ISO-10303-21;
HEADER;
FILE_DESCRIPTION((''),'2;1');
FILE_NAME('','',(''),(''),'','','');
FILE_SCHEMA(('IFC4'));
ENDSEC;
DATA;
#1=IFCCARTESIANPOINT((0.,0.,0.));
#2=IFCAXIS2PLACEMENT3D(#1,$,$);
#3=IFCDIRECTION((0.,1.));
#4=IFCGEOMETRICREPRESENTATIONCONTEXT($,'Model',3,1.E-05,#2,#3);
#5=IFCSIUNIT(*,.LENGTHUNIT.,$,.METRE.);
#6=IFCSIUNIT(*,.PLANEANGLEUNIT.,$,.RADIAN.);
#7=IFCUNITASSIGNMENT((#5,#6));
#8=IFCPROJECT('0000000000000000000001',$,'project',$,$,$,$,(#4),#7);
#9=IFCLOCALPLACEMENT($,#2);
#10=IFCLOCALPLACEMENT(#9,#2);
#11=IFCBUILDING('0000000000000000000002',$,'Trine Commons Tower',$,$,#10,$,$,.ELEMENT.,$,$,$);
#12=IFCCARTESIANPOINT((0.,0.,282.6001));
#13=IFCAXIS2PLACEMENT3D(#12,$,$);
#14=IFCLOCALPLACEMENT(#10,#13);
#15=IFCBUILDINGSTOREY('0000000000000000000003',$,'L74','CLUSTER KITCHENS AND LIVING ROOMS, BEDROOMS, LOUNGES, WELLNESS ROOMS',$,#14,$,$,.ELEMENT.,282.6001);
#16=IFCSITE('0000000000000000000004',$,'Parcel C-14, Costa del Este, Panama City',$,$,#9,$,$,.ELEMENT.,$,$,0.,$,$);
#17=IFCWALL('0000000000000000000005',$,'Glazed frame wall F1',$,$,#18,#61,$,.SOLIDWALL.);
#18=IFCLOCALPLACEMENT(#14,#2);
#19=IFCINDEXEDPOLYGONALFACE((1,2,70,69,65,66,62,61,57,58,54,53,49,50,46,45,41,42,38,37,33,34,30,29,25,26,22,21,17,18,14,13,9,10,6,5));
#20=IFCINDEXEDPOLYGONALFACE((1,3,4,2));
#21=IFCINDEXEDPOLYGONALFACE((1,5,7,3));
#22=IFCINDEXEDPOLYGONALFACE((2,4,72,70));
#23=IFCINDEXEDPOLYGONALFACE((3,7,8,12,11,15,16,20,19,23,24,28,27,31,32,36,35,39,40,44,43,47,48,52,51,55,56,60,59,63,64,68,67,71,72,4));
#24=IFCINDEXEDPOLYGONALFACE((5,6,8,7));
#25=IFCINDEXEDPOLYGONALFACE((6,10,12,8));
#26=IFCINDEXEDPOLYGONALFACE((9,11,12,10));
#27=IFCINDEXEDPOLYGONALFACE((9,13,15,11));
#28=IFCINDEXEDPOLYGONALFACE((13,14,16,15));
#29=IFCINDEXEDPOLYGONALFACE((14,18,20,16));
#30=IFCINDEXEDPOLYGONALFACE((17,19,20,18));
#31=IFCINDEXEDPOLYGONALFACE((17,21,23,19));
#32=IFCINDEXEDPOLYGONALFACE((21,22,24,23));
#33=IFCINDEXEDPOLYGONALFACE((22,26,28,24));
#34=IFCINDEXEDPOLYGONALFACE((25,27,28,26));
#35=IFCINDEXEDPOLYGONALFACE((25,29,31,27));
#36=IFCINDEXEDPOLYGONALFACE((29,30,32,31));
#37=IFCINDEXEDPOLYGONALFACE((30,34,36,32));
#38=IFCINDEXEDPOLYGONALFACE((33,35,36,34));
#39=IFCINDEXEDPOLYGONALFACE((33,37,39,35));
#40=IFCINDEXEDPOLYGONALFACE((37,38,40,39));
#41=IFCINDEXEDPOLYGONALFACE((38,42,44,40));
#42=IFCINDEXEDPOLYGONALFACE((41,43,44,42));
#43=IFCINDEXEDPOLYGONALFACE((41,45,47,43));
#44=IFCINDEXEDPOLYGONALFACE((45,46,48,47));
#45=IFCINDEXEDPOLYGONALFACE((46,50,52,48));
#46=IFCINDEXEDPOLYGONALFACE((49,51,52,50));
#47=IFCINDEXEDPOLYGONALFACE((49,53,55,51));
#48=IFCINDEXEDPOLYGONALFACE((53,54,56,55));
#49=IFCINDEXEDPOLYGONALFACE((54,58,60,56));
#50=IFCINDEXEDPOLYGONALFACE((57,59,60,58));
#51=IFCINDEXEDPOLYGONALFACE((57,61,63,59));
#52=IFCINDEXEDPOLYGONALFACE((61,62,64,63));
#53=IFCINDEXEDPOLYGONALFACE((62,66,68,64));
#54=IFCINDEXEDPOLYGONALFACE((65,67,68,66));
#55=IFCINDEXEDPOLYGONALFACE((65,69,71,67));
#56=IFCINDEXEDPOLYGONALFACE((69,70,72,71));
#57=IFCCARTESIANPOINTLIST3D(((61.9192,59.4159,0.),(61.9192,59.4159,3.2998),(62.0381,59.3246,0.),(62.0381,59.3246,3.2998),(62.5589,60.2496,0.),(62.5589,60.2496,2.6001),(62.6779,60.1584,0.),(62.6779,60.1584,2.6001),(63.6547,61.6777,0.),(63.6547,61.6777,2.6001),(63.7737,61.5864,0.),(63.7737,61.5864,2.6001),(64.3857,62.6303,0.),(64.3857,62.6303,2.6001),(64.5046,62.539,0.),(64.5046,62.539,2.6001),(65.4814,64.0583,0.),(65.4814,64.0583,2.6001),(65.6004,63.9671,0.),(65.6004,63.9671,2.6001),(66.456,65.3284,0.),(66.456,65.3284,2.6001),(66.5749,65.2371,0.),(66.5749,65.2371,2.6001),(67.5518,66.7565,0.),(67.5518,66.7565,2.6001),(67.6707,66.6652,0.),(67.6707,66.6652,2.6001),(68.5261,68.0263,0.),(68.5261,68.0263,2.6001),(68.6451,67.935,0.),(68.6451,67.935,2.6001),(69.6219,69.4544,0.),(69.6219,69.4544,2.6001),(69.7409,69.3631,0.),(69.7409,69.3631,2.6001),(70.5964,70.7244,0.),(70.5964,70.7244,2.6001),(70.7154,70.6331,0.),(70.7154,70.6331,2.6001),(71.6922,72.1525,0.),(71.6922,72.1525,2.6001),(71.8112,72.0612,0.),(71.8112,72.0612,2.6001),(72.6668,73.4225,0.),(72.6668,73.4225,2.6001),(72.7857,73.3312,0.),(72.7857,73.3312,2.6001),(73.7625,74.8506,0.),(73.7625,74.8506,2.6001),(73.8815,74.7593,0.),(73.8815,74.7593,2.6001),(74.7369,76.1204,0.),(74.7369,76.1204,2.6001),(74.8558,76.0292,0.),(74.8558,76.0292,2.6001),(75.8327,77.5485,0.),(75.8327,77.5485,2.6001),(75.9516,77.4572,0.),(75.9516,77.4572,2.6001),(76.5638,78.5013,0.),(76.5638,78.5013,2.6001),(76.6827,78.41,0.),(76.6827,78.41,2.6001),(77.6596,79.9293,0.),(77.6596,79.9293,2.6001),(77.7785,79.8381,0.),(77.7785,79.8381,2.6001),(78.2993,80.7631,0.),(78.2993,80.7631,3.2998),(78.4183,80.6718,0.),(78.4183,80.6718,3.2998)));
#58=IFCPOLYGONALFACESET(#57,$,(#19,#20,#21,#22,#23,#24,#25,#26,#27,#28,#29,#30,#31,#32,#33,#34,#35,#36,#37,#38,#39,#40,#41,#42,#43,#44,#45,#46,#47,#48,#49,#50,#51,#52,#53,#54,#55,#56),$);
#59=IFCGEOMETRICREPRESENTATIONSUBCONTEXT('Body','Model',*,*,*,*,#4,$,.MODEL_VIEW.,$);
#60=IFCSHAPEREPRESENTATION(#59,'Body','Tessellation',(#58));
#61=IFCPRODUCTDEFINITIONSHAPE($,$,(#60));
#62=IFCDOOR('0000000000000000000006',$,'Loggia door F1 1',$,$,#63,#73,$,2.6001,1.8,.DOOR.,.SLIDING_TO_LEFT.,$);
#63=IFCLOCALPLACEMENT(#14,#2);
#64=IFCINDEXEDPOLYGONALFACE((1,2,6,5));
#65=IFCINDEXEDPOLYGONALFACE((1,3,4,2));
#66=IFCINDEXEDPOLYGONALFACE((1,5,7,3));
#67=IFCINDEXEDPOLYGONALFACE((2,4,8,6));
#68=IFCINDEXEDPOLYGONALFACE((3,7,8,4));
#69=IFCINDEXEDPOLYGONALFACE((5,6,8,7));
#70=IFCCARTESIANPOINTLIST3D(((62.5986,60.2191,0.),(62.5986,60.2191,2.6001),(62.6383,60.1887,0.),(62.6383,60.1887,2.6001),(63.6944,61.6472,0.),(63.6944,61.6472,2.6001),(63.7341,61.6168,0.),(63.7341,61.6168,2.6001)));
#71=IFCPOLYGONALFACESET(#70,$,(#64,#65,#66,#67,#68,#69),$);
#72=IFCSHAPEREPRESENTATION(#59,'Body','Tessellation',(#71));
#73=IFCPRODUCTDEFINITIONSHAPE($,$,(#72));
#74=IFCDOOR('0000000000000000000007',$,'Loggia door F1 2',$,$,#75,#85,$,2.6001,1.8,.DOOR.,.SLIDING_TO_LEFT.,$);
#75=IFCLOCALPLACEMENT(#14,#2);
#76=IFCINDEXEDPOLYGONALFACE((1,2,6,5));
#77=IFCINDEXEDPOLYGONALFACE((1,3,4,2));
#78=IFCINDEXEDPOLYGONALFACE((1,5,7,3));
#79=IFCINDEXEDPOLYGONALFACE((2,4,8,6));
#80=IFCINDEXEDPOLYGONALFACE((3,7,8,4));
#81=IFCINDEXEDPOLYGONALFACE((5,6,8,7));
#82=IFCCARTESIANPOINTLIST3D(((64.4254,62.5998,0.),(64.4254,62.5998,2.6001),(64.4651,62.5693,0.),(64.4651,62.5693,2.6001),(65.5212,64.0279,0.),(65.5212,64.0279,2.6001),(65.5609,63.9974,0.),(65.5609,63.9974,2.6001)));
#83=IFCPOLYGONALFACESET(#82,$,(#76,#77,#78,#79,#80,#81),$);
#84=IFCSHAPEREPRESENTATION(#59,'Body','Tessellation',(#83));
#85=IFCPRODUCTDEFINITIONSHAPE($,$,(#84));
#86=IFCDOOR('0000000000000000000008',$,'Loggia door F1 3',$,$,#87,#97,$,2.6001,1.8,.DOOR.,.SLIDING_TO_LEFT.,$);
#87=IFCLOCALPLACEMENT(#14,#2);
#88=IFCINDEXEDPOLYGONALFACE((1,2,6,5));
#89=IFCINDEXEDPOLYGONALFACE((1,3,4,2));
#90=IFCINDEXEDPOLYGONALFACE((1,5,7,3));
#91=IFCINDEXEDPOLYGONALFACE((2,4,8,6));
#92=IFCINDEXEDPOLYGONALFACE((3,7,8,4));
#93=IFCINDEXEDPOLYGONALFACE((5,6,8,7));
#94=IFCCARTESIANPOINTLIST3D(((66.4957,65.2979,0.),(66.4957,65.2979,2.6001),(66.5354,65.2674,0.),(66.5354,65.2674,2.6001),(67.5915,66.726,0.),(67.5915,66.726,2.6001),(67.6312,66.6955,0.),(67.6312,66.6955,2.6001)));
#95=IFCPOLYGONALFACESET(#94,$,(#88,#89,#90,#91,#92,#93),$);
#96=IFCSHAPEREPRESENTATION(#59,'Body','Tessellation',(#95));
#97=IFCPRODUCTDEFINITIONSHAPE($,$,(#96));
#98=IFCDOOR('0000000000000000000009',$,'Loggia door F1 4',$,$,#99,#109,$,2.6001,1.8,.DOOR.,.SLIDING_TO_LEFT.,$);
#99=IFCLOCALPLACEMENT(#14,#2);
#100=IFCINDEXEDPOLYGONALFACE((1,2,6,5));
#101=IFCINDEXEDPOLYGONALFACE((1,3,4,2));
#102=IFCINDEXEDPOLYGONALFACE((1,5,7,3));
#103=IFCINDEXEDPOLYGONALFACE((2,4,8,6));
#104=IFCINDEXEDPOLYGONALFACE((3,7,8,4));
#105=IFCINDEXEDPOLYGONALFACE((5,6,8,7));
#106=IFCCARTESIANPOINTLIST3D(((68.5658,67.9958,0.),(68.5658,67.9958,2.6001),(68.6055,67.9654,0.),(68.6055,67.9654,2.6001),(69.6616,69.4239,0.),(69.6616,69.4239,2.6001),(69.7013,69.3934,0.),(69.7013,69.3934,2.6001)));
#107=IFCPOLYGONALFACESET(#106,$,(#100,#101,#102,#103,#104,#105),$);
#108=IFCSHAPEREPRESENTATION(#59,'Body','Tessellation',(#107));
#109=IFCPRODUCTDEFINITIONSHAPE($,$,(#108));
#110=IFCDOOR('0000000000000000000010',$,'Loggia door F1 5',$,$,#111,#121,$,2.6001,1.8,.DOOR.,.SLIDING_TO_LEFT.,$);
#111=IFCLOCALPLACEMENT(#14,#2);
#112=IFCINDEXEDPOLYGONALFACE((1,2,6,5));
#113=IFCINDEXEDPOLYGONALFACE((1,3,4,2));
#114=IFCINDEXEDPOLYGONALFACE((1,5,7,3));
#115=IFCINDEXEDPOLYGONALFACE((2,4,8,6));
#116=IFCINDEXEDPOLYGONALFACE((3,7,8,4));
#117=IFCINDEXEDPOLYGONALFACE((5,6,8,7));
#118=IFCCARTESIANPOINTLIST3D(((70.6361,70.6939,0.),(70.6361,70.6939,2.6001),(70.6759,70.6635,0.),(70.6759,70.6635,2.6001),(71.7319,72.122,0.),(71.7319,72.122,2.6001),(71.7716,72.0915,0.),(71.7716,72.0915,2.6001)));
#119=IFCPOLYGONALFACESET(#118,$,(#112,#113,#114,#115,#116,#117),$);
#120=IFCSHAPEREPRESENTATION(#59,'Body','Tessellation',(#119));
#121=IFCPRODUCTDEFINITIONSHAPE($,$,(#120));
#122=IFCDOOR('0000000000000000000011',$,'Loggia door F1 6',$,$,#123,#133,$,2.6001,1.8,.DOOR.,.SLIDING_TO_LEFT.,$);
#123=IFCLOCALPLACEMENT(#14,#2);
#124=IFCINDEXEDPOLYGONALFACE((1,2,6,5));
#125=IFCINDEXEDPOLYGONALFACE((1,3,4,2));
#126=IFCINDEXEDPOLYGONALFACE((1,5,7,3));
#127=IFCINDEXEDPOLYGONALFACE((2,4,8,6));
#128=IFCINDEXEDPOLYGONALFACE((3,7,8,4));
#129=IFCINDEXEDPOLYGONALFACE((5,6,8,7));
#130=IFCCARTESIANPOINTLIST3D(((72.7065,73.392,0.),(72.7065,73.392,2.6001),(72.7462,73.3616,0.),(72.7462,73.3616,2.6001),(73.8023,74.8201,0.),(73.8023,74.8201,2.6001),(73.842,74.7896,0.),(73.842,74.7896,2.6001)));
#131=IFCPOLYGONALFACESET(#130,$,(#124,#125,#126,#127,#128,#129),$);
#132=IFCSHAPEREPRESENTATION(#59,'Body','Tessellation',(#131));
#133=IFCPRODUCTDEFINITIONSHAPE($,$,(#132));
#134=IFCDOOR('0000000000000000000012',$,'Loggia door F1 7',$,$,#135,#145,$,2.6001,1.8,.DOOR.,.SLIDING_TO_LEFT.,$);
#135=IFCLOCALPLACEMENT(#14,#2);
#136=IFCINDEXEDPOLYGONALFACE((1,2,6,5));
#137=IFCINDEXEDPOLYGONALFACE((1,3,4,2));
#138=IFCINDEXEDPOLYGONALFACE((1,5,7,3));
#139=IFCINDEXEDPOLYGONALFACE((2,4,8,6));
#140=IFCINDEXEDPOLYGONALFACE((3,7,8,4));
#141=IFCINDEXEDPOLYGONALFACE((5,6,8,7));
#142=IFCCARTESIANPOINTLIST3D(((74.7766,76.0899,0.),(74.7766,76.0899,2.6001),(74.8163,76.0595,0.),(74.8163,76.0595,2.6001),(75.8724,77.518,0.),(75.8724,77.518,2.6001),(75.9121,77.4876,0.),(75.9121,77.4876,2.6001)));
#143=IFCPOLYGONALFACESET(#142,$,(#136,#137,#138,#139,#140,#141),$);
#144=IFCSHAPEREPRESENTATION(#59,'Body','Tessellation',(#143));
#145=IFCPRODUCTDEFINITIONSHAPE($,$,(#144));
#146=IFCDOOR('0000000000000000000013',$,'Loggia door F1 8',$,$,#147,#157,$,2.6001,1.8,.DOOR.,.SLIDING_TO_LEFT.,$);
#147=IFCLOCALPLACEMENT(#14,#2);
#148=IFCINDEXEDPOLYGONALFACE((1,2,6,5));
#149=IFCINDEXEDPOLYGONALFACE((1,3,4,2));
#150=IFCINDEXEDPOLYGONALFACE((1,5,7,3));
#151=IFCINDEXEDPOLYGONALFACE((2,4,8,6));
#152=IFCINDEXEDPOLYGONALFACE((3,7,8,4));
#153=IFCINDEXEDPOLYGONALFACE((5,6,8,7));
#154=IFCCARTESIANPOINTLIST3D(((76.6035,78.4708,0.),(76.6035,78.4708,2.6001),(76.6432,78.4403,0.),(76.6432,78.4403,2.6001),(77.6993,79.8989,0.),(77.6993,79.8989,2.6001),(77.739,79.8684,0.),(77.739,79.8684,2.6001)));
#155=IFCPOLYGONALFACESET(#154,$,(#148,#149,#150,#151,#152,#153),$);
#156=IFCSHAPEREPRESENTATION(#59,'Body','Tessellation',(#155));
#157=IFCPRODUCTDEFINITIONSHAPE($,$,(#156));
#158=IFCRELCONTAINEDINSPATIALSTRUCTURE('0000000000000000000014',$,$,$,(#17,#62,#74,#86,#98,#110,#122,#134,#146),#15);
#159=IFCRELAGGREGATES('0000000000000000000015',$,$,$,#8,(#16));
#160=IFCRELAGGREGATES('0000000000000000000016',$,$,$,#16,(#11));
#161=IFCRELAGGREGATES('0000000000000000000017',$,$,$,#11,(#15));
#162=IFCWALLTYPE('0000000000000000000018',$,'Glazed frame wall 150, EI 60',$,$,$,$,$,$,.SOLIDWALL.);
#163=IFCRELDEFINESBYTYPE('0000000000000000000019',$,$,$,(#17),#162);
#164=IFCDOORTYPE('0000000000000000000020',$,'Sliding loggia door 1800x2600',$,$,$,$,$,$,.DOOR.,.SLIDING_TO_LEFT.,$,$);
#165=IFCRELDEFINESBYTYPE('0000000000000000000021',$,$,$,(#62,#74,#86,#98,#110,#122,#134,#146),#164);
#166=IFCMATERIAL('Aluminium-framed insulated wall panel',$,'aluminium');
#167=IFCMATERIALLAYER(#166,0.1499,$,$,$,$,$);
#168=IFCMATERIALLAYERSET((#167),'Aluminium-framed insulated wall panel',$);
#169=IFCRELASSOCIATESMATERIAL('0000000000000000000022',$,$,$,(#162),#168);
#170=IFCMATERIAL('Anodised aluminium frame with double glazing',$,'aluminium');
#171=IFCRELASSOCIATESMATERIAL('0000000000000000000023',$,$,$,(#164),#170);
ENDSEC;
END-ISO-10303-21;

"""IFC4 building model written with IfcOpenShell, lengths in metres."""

from ifc_helpers import new_model, si_unit, direction, frame, frame_2d, origin, place, context, subcontext, project, spatial, polyline, rectangle, outline, extrude, material, layer, layer_set, type_object, element, fill, save


model = new_model("IFC4")

# Units and contexts
model_context = context("Model", 3, precision=1e-05, world=origin(), true_north=direction((0.0, 1.0)))
body_context = subcontext(model_context, "Body", "Model", "MODEL_VIEW")
ifc_project = project(units=[si_unit("LENGTHUNIT", "METRE"), si_unit("PLANEANGLEUNIT", "RADIAN")], contexts=[model_context])

# Site, building, storey
site_placement = place(None, origin())
site = spatial("IfcSite", under=ifc_project, at=site_placement, Name="Parcel C-14, Costa del Este, Panama City", CompositionType="ELEMENT", RefElevation=0.0)
building_placement = place(site_placement, origin())
building = spatial("IfcBuilding", under=site, at=building_placement, Name="Trine Commons Tower", CompositionType="ELEMENT")
storey_placement = place(building_placement, frame((0.0, 0.0, 282.6001)))
storey = spatial("IfcBuildingStorey", under=building, at=storey_placement, Name="L74", Description="CLUSTER KITCHENS AND LIVING ROOMS, BEDROOMS, LOUNGES, WELLNESS ROOMS", CompositionType="ELEMENT", Elevation=282.6001)

# Wall, openings, doors
ifc_material_1 = material(Name="Aluminium-framed insulated wall panel", Category="aluminium")
ifc_layer_1 = layer(ifc_material_1, 0.1499)
ifc_layer_set_1 = layer_set([ifc_layer_1], Name="Aluminium-framed insulated wall panel")
wall_type_1 = type_object("IfcWallType", Name="Glazed frame wall 150, EI 60", PredefinedType="SOLIDWALL", material=ifc_layer_set_1)
wall_1_placement = place(storey_placement, frame((61.8877, 59.2517, 0.0), z_axis=(0.0, 0.0, 1.0), x_axis=(0.608758, 0.793356, 0.0)))
wall_1 = element("IfcWall", 1, at=wall_1_placement, inside=storey, type_object=wall_type_1, Name="Glazed frame wall F1", PredefinedType="SOLIDWALL", context=body_context, shape_type="SweptSolid", body=[
    extrude(outline(polyline([(0.1494, 0.075), (0.1494, -0.075), (27.0569, -0.075), (27.0569, 0.075), (0.1494, 0.075)])), origin(), (0.0, 0.0, 1.0), 3.2998),
])
opening_1_placement = place(wall_1_placement, frame((1.2004, 0.0, 0.0)))
opening_1 = element("IfcOpeningElement", 2, at=opening_1_placement, cuts=wall_1, PredefinedType="OPENING", context=body_context, shape_type="SweptSolid", body=[
    extrude(rectangle(XDim=1.8, YDim=2.6001, at=frame_2d((0.8999, 1.3))), frame((0.0, 0.085, 0.0), z_axis=(0.0, -1.0, 0.0), x_axis=(1.0, 0.0, 0.0)), (0.0, 0.0, 1.0), 0.1699),
])
opening_2_placement = place(wall_1_placement, frame((4.2012, 0.0, 0.0)))
opening_2 = element("IfcOpeningElement", 3, at=opening_2_placement, cuts=wall_1, PredefinedType="OPENING", context=body_context, shape_type="SweptSolid", body=[
    extrude(rectangle(XDim=1.8, YDim=2.6001, at=frame_2d((0.8999, 1.3))), frame((0.0, 0.085, 0.0), z_axis=(0.0, -1.0, 0.0), x_axis=(1.0, 0.0, 0.0)), (0.0, 0.0, 1.0), 0.1699),
])
opening_3_placement = place(wall_1_placement, frame((7.6021, 0.0, 0.0)))
opening_3 = element("IfcOpeningElement", 4, at=opening_3_placement, cuts=wall_1, PredefinedType="OPENING", context=body_context, shape_type="SweptSolid", body=[
    extrude(rectangle(XDim=1.8, YDim=2.6001, at=frame_2d((0.8999, 1.3))), frame((0.0, 0.085, 0.0), z_axis=(0.0, -1.0, 0.0), x_axis=(1.0, 0.0, 0.0)), (0.0, 0.0, 1.0), 0.1699),
])
opening_4_placement = place(wall_1_placement, frame((11.0027, 0.0, 0.0)))
opening_4 = element("IfcOpeningElement", 5, at=opening_4_placement, cuts=wall_1, PredefinedType="OPENING", context=body_context, shape_type="SweptSolid", body=[
    extrude(rectangle(XDim=1.8, YDim=2.6001, at=frame_2d((0.8999, 1.3))), frame((0.0, 0.085, 0.0), z_axis=(0.0, -1.0, 0.0), x_axis=(1.0, 0.0, 0.0)), (0.0, 0.0, 1.0), 0.1699),
])
opening_5_placement = place(wall_1_placement, frame((14.4036, 0.0, 0.0)))
opening_5 = element("IfcOpeningElement", 6, at=opening_5_placement, cuts=wall_1, PredefinedType="OPENING", context=body_context, shape_type="SweptSolid", body=[
    extrude(rectangle(XDim=1.8, YDim=2.6001, at=frame_2d((0.8999, 1.3))), frame((0.0, 0.085, 0.0), z_axis=(0.0, -1.0, 0.0), x_axis=(1.0, 0.0, 0.0)), (0.0, 0.0, 1.0), 0.1699),
])
opening_6_placement = place(wall_1_placement, frame((17.8044, 0.0, 0.0)))
opening_6 = element("IfcOpeningElement", 7, at=opening_6_placement, cuts=wall_1, PredefinedType="OPENING", context=body_context, shape_type="SweptSolid", body=[
    extrude(rectangle(XDim=1.8, YDim=2.6001, at=frame_2d((0.8999, 1.3))), frame((0.0, 0.085, 0.0), z_axis=(0.0, -1.0, 0.0), x_axis=(1.0, 0.0, 0.0)), (0.0, 0.0, 1.0), 0.1699),
])
opening_7_placement = place(wall_1_placement, frame((21.2051, 0.0, 0.0)))
opening_7 = element("IfcOpeningElement", 8, at=opening_7_placement, cuts=wall_1, PredefinedType="OPENING", context=body_context, shape_type="SweptSolid", body=[
    extrude(rectangle(XDim=1.8, YDim=2.6001, at=frame_2d((0.8999, 1.3))), frame((0.0, 0.085, 0.0), z_axis=(0.0, -1.0, 0.0), x_axis=(1.0, 0.0, 0.0)), (0.0, 0.0, 1.0), 0.1699),
])
opening_8_placement = place(wall_1_placement, frame((24.2061, 0.0, 0.0)))
opening_8 = element("IfcOpeningElement", 9, at=opening_8_placement, cuts=wall_1, PredefinedType="OPENING", context=body_context, shape_type="SweptSolid", body=[
    extrude(rectangle(XDim=1.8, YDim=2.6001, at=frame_2d((0.8999, 1.3))), frame((0.0, 0.085, 0.0), z_axis=(0.0, -1.0, 0.0), x_axis=(1.0, 0.0, 0.0)), (0.0, 0.0, 1.0), 0.1699),
])
ifc_material_2 = material(Name="Anodised aluminium frame with double glazing", Category="aluminium")
door_type_1 = type_object("IfcDoorType", Name="Sliding loggia door 1800x2600", OperationType="SLIDING_TO_LEFT", PredefinedType="DOOR", material=ifc_material_2)
door_1_placement = place(opening_1_placement, origin())
door_1 = element("IfcDoor", 10, at=door_1_placement, inside=storey, type_object=door_type_1, Name="Loggia door F1 1", OperationType="SLIDING_TO_LEFT", OverallHeight=2.6001, OverallWidth=1.8, PredefinedType="DOOR", context=body_context, shape_type="SweptSolid", body=[
    extrude(rectangle(XDim=1.8, YDim=2.6001, at=frame_2d((0.8999, 1.3))), frame((0.0, 0.0249, 0.0), z_axis=(0.0, -1.0, 0.0), x_axis=(1.0, 0.0, 0.0)), (0.0, 0.0, 1.0), 0.05),
])
fill(opening_1, door_1)
door_2_placement = place(opening_2_placement, origin())
door_2 = element("IfcDoor", 11, at=door_2_placement, inside=storey, type_object=door_type_1, Name="Loggia door F1 2", OperationType="SLIDING_TO_LEFT", OverallHeight=2.6001, OverallWidth=1.8, PredefinedType="DOOR", context=body_context, shape_type="SweptSolid", body=[
    extrude(rectangle(XDim=1.8, YDim=2.6001, at=frame_2d((0.8999, 1.3))), frame((0.0, 0.0249, 0.0), z_axis=(0.0, -1.0, 0.0), x_axis=(1.0, 0.0, 0.0)), (0.0, 0.0, 1.0), 0.05),
])
fill(opening_2, door_2)
door_3_placement = place(opening_3_placement, origin())
door_3 = element("IfcDoor", 12, at=door_3_placement, inside=storey, type_object=door_type_1, Name="Loggia door F1 3", OperationType="SLIDING_TO_LEFT", OverallHeight=2.6001, OverallWidth=1.8, PredefinedType="DOOR", context=body_context, shape_type="SweptSolid", body=[
    extrude(rectangle(XDim=1.8, YDim=2.6001, at=frame_2d((0.8999, 1.3))), frame((0.0, 0.0249, 0.0), z_axis=(0.0, -1.0, 0.0), x_axis=(1.0, 0.0, 0.0)), (0.0, 0.0, 1.0), 0.05),
])
fill(opening_3, door_3)
door_4_placement = place(opening_4_placement, origin())
door_4 = element("IfcDoor", 13, at=door_4_placement, inside=storey, type_object=door_type_1, Name="Loggia door F1 4", OperationType="SLIDING_TO_LEFT", OverallHeight=2.6001, OverallWidth=1.8, PredefinedType="DOOR", context=body_context, shape_type="SweptSolid", body=[
    extrude(rectangle(XDim=1.8, YDim=2.6001, at=frame_2d((0.8999, 1.3))), frame((0.0, 0.0249, 0.0), z_axis=(0.0, -1.0, 0.0), x_axis=(1.0, 0.0, 0.0)), (0.0, 0.0, 1.0), 0.05),
])
fill(opening_4, door_4)
door_5_placement = place(opening_5_placement, origin())
door_5 = element("IfcDoor", 14, at=door_5_placement, inside=storey, type_object=door_type_1, Name="Loggia door F1 5", OperationType="SLIDING_TO_LEFT", OverallHeight=2.6001, OverallWidth=1.8, PredefinedType="DOOR", context=body_context, shape_type="SweptSolid", body=[
    extrude(rectangle(XDim=1.8, YDim=2.6001, at=frame_2d((0.8999, 1.3))), frame((0.0, 0.0249, 0.0), z_axis=(0.0, -1.0, 0.0), x_axis=(1.0, 0.0, 0.0)), (0.0, 0.0, 1.0), 0.05),
])
fill(opening_5, door_5)
door_6_placement = place(opening_6_placement, origin())
door_6 = element("IfcDoor", 15, at=door_6_placement, inside=storey, type_object=door_type_1, Name="Loggia door F1 6", OperationType="SLIDING_TO_LEFT", OverallHeight=2.6001, OverallWidth=1.8, PredefinedType="DOOR", context=body_context, shape_type="SweptSolid", body=[
    extrude(rectangle(XDim=1.8, YDim=2.6001, at=frame_2d((0.8999, 1.3))), frame((0.0, 0.0249, 0.0), z_axis=(0.0, -1.0, 0.0), x_axis=(1.0, 0.0, 0.0)), (0.0, 0.0, 1.0), 0.05),
])
fill(opening_6, door_6)
door_7_placement = place(opening_7_placement, origin())
door_7 = element("IfcDoor", 16, at=door_7_placement, inside=storey, type_object=door_type_1, Name="Loggia door F1 7", OperationType="SLIDING_TO_LEFT", OverallHeight=2.6001, OverallWidth=1.8, PredefinedType="DOOR", context=body_context, shape_type="SweptSolid", body=[
    extrude(rectangle(XDim=1.8, YDim=2.6001, at=frame_2d((0.8999, 1.3))), frame((0.0, 0.0249, 0.0), z_axis=(0.0, -1.0, 0.0), x_axis=(1.0, 0.0, 0.0)), (0.0, 0.0, 1.0), 0.05),
])
fill(opening_7, door_7)
door_8_placement = place(opening_8_placement, origin())
door_8 = element("IfcDoor", 17, at=door_8_placement, inside=storey, type_object=door_type_1, Name="Loggia door F1 8", OperationType="SLIDING_TO_LEFT", OverallHeight=2.6001, OverallWidth=1.8, PredefinedType="DOOR", context=body_context, shape_type="SweptSolid", body=[
    extrude(rectangle(XDim=1.8, YDim=2.6001, at=frame_2d((0.8999, 1.3))), frame((0.0, 0.0249, 0.0), z_axis=(0.0, -1.0, 0.0), x_axis=(1.0, 0.0, 0.0)), (0.0, 0.0, 1.0), 0.05),
])
fill(opening_8, door_8)

save(model, "model.ifc")
